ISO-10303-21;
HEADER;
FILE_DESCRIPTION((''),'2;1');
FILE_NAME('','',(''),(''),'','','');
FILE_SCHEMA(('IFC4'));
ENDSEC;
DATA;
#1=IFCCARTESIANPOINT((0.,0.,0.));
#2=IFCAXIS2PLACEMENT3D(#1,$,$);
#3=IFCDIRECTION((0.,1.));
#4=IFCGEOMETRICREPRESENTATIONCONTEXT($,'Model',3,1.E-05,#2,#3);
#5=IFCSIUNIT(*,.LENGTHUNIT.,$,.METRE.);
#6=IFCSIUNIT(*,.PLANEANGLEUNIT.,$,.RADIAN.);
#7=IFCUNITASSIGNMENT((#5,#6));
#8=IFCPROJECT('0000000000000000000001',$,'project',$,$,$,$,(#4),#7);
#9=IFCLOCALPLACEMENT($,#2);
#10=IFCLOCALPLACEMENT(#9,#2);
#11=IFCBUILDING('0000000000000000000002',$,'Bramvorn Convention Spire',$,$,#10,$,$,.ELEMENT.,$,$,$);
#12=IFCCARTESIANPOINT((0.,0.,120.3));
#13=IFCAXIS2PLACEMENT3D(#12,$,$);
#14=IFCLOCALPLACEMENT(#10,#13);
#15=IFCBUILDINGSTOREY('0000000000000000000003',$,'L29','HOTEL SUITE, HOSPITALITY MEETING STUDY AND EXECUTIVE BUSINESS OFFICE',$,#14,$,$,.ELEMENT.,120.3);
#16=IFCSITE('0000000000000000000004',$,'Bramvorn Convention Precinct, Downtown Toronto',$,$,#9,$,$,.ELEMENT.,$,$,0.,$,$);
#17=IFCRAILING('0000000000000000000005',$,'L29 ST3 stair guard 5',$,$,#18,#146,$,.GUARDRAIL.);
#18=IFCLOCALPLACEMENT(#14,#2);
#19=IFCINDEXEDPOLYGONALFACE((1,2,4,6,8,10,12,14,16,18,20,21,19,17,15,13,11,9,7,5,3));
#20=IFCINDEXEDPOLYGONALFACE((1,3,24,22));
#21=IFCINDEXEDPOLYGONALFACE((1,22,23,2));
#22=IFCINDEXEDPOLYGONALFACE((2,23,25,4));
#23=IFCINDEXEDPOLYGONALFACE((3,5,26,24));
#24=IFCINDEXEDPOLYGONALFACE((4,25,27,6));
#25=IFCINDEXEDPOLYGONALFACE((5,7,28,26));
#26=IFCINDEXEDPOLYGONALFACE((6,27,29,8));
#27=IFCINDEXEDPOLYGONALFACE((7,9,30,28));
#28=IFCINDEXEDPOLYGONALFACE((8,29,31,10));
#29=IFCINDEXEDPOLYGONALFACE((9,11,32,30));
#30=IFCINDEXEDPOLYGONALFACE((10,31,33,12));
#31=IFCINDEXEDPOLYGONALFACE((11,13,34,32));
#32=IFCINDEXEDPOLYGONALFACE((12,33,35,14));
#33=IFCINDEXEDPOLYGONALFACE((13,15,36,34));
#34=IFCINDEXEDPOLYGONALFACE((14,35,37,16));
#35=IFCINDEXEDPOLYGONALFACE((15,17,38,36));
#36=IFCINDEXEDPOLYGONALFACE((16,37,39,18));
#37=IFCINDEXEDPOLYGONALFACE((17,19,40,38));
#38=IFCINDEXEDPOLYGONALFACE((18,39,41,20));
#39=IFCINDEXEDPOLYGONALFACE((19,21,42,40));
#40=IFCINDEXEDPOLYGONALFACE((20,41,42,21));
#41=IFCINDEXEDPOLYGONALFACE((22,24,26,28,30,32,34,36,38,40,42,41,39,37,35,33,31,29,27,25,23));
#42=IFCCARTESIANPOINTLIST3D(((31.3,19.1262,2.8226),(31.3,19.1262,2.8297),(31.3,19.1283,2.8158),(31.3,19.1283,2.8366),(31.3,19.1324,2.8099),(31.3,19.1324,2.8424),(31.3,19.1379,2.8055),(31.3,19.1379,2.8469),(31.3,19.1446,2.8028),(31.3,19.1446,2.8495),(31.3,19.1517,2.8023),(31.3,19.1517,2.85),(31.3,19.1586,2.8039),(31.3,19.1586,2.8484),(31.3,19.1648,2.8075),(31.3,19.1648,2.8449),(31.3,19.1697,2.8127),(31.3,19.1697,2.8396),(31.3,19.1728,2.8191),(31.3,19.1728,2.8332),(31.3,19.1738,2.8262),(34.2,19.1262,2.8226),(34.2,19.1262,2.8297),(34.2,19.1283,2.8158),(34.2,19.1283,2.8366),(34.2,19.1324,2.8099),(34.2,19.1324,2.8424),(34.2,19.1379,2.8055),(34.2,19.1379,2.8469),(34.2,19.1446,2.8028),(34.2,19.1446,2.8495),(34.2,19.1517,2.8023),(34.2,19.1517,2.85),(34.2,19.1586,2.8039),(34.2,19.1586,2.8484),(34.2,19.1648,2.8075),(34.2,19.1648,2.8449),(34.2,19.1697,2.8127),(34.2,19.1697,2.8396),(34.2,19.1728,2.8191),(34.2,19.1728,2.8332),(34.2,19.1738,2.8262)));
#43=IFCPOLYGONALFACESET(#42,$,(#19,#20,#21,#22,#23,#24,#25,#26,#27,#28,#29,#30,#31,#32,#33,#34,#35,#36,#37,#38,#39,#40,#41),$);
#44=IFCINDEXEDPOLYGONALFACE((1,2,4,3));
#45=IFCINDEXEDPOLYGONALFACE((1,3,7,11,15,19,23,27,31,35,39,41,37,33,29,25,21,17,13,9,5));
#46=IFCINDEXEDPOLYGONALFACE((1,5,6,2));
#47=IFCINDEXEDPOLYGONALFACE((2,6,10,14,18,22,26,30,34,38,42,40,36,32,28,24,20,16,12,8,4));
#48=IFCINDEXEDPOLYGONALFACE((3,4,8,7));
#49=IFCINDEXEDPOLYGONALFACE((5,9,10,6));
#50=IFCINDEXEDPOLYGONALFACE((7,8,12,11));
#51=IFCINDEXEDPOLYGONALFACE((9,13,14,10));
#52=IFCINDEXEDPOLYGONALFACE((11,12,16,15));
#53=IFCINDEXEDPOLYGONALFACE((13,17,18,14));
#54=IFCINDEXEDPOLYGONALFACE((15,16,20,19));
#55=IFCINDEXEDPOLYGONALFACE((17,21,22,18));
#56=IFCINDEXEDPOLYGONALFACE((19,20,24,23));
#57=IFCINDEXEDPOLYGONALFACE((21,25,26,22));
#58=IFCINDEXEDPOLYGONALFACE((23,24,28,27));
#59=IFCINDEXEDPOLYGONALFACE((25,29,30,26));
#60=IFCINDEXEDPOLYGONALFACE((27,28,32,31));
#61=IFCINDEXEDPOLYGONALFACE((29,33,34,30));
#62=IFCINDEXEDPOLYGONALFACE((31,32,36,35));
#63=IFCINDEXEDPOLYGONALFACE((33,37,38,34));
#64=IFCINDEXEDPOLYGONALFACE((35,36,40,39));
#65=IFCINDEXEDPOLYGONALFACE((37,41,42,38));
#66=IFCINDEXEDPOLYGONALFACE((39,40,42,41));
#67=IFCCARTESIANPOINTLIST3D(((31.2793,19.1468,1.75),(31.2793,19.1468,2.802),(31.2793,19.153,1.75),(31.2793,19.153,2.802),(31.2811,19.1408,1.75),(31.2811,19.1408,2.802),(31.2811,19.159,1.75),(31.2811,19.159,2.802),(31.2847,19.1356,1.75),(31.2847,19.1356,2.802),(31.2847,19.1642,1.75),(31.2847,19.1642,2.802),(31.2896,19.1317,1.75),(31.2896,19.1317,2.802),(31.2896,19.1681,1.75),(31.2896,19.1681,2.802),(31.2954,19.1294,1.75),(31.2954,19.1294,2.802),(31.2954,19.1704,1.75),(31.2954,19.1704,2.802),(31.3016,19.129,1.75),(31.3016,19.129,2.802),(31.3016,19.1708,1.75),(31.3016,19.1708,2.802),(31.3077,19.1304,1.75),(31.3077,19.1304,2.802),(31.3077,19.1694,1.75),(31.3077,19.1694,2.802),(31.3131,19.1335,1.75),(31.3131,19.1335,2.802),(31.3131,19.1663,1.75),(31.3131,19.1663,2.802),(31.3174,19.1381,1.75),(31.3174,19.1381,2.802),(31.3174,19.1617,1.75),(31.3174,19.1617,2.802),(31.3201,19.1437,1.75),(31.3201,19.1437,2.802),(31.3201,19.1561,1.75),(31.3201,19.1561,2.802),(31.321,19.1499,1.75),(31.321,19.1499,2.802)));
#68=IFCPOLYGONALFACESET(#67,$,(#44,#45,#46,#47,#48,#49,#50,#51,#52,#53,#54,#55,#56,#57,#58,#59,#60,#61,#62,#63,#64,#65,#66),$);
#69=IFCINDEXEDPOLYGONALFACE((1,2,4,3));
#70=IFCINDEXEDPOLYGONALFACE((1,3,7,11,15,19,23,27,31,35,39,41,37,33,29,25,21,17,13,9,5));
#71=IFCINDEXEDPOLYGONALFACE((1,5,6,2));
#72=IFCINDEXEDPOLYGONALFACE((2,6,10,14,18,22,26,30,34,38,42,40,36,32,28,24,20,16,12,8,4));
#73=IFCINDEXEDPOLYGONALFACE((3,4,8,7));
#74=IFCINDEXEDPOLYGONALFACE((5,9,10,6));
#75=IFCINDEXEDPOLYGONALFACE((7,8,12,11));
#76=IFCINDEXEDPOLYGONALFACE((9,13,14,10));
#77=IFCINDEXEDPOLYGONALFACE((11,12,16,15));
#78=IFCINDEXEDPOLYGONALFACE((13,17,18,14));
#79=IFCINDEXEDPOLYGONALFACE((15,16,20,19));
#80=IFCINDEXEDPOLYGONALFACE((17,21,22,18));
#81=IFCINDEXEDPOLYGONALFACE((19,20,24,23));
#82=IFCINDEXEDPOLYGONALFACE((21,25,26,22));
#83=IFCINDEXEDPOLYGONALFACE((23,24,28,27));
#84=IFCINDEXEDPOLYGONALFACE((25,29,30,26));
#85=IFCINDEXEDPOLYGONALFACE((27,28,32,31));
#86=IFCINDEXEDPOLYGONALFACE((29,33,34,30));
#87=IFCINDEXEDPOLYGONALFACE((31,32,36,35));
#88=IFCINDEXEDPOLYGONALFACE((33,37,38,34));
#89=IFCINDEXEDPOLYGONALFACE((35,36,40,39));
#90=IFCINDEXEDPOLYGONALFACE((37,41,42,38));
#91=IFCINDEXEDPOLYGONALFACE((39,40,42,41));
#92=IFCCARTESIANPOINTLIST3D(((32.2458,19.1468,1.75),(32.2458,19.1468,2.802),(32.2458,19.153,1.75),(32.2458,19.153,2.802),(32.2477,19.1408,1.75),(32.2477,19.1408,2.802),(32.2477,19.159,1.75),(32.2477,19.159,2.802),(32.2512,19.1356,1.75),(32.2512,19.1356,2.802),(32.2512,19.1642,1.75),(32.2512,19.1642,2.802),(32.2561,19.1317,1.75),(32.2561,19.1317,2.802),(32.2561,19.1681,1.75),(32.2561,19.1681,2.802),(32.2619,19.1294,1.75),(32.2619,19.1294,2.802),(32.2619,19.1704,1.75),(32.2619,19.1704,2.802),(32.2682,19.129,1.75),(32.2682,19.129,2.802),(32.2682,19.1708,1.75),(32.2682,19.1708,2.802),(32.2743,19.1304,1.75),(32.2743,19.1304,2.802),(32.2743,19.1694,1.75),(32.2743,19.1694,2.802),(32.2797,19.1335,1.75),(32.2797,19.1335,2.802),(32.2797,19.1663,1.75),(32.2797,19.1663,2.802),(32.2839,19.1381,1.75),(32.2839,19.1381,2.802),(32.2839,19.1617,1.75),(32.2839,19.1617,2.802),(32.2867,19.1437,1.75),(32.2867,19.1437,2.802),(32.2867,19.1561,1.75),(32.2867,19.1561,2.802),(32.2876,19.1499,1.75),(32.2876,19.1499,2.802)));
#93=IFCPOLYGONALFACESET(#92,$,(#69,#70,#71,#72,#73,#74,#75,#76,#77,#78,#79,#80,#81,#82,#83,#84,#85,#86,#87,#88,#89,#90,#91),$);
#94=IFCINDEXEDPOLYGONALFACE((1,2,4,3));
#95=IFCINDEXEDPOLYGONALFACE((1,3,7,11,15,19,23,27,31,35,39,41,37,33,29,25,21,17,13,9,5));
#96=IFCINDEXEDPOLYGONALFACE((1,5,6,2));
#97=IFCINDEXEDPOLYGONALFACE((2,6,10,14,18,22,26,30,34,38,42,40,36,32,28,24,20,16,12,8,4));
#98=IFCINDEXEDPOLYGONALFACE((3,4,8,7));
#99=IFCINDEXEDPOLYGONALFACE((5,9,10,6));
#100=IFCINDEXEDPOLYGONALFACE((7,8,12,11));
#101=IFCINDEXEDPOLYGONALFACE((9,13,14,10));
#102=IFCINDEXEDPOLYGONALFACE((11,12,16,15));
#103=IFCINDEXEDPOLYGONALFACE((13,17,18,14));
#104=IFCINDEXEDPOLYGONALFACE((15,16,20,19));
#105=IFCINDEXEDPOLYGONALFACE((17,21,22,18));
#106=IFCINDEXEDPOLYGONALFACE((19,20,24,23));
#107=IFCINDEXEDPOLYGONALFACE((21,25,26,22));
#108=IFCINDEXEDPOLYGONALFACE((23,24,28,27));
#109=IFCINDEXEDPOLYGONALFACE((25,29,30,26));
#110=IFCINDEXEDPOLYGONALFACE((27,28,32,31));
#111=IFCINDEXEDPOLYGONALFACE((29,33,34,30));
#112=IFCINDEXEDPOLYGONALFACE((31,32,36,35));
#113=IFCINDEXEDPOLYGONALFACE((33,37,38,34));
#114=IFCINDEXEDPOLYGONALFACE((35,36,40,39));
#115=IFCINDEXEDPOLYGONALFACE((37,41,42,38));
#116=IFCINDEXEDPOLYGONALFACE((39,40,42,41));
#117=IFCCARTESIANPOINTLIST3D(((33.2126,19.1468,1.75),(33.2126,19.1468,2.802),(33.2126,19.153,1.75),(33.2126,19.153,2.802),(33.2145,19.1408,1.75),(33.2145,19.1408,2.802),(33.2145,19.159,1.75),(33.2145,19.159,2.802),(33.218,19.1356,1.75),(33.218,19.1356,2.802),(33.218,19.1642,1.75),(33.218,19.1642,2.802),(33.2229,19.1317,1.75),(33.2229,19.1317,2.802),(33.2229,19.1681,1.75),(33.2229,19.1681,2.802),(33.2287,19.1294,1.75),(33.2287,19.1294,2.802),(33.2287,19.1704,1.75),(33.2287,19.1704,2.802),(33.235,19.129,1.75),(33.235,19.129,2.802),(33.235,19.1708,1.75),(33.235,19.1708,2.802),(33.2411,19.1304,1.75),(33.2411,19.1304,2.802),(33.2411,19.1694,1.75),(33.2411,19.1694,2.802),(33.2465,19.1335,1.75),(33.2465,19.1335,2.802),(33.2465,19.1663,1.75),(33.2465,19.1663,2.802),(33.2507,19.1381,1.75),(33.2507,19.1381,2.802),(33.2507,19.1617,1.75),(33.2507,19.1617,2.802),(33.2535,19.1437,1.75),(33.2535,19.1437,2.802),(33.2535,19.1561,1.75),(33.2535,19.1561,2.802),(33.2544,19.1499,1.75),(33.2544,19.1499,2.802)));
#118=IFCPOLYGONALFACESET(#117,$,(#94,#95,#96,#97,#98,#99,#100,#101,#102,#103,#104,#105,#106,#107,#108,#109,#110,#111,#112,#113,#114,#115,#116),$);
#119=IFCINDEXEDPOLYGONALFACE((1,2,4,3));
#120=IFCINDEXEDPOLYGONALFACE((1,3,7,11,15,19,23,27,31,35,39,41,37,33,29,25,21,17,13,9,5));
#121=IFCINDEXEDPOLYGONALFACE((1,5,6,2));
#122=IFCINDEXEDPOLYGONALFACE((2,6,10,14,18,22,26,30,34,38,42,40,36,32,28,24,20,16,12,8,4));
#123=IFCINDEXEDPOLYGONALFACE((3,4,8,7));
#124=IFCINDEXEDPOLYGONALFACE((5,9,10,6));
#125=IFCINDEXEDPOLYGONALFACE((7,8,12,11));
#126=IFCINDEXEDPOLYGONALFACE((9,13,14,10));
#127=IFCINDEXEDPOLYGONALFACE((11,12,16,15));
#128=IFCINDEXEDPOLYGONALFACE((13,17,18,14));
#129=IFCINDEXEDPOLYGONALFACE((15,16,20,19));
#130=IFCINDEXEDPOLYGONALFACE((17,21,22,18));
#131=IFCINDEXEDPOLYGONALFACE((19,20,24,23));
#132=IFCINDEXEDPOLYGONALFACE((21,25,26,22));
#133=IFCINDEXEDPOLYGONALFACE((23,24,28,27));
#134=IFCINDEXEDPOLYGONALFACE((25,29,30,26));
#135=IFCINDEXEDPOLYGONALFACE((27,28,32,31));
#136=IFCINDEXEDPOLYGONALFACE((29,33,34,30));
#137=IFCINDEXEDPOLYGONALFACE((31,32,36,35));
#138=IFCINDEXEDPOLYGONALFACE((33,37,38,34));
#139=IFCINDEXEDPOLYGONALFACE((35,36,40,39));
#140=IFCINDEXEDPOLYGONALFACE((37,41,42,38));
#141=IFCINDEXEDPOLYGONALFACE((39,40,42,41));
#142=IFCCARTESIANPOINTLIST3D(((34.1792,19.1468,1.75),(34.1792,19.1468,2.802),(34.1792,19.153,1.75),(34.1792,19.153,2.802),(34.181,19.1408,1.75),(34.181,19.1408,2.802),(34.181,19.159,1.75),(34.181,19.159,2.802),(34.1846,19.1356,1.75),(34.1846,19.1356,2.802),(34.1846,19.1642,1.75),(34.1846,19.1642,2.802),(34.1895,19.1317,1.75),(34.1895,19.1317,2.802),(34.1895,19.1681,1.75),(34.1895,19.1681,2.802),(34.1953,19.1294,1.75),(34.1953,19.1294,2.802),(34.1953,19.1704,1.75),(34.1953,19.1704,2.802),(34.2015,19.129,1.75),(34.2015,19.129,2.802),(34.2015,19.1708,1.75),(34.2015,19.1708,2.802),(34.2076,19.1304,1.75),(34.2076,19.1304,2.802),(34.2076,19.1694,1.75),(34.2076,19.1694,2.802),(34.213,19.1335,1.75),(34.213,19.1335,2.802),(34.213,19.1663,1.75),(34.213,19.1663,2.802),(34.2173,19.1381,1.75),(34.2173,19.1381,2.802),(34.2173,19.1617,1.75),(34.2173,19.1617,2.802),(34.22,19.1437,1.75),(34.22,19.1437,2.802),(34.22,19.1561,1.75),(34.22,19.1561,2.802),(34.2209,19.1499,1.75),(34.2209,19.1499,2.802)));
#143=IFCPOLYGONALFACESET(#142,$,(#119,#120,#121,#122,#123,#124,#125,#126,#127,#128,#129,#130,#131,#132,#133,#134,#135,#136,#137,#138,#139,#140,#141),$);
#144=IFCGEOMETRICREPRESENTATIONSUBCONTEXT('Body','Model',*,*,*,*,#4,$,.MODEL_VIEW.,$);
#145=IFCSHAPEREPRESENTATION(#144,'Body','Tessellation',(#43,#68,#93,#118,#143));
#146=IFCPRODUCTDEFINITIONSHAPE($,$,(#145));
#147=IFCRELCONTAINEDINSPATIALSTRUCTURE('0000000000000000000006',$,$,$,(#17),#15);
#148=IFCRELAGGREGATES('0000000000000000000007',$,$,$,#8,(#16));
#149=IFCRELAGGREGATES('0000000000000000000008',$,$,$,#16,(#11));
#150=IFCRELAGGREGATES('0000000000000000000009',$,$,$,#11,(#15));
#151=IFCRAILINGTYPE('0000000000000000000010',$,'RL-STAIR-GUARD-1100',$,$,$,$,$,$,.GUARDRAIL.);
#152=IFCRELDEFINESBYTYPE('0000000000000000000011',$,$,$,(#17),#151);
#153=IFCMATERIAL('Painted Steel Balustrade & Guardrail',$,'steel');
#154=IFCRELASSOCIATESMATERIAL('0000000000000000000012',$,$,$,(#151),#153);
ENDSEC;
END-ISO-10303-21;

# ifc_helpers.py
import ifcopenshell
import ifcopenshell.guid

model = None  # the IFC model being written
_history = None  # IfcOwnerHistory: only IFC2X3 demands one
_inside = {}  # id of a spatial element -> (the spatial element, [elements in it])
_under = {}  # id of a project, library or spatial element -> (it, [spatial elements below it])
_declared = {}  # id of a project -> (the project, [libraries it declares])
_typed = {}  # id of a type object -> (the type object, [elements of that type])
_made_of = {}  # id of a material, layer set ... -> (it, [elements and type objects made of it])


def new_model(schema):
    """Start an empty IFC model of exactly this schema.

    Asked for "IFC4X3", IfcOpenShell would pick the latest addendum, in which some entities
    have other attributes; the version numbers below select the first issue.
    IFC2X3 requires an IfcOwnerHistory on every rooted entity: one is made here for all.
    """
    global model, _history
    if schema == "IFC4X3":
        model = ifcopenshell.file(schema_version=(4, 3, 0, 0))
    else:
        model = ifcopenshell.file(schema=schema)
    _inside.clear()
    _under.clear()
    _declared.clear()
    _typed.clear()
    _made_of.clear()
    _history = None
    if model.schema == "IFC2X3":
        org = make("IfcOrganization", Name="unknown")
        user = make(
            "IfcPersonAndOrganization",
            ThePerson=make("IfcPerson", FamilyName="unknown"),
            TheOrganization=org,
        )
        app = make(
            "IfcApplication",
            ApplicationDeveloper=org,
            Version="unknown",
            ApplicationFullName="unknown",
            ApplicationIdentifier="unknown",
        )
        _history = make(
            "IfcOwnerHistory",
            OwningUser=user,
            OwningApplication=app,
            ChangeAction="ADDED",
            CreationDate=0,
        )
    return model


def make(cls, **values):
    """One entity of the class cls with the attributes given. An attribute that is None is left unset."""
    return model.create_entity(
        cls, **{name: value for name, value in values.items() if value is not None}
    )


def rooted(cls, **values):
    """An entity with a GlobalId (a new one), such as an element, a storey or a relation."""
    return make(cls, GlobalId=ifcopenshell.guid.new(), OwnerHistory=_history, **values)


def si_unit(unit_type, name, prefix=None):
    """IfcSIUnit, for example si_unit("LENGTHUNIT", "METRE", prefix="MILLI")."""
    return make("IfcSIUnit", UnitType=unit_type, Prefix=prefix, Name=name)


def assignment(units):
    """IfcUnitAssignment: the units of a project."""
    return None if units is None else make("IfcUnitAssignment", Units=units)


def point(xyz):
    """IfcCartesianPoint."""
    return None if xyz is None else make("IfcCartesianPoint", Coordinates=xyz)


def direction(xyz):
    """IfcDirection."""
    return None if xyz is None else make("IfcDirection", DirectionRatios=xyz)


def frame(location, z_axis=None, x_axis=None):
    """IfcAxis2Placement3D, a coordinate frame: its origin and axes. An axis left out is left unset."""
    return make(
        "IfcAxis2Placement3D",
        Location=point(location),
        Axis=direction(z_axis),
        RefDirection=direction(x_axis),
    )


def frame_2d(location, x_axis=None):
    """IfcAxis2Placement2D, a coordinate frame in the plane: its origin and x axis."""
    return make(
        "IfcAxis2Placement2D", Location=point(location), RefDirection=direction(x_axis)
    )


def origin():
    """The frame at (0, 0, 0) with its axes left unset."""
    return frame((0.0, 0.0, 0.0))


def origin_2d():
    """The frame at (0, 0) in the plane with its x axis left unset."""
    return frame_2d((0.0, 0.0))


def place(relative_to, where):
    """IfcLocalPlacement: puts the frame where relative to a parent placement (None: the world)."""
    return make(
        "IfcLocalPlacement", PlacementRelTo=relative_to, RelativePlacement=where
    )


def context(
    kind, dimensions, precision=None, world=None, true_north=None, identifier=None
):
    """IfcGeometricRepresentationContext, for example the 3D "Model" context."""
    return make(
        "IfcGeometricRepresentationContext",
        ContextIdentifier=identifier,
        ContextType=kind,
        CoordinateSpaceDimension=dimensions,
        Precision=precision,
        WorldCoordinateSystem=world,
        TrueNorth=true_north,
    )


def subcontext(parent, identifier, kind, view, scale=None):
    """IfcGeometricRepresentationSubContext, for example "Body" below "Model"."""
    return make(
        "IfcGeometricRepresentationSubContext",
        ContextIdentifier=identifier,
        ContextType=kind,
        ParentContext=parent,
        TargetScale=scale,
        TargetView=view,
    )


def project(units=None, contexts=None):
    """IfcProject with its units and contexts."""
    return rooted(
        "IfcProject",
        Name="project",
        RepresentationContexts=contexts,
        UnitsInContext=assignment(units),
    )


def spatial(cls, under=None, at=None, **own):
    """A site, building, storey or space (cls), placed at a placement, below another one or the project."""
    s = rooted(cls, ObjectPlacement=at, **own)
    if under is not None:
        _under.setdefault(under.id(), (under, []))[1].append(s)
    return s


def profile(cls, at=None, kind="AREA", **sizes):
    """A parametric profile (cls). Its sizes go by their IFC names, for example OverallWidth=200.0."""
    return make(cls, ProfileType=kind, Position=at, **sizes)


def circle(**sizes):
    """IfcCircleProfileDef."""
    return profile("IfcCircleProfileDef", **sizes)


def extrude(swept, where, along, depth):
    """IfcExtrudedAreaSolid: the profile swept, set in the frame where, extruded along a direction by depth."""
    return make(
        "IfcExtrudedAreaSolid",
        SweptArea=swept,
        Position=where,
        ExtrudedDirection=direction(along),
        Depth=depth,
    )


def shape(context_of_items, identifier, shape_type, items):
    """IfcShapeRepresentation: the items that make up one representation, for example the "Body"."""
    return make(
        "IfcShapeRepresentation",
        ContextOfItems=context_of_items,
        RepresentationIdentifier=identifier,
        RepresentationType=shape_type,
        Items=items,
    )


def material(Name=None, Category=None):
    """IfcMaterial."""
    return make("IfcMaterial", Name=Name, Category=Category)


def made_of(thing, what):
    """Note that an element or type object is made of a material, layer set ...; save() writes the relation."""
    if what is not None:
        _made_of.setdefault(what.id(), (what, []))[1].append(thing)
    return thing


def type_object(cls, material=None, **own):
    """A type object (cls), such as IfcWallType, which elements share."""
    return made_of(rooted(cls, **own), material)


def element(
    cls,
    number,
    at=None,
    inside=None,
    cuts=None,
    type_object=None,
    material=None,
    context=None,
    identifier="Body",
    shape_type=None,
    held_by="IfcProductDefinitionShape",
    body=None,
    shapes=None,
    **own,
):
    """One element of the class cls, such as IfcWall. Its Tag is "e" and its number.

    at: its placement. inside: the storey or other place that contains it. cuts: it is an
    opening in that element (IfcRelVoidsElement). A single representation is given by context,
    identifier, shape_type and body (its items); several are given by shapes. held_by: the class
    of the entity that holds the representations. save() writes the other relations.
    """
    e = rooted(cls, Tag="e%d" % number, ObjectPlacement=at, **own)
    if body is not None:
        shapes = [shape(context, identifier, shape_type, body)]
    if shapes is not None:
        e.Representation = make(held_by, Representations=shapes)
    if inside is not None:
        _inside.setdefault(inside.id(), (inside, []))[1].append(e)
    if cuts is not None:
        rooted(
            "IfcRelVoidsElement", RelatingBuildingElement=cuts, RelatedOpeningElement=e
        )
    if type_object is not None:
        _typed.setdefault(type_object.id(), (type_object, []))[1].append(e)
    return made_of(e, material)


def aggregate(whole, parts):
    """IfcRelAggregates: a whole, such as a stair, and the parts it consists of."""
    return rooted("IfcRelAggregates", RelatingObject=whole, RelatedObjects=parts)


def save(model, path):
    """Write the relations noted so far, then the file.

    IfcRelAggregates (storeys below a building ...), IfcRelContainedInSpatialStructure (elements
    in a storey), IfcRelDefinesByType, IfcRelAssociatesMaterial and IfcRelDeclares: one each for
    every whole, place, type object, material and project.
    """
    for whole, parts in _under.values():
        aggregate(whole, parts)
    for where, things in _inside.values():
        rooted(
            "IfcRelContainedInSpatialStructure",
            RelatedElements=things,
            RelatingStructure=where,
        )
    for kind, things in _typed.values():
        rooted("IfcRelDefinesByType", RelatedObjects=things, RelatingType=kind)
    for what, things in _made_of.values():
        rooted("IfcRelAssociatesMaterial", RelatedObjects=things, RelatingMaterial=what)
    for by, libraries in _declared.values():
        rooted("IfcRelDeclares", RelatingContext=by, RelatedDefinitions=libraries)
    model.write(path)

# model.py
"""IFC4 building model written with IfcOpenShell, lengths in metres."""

from ifc_helpers import new_model, si_unit, direction, frame, origin, origin_2d, place, context, subcontext, project, spatial, circle, extrude, material, type_object, element, save


model = new_model("IFC4")

# Units and contexts
model_context = context("Model", 3, precision=1e-05, world=origin(), true_north=direction((0.0, 1.0)))
body_context = subcontext(model_context, "Body", "Model", "MODEL_VIEW")
ifc_project = project(units=[si_unit("LENGTHUNIT", "METRE"), si_unit("PLANEANGLEUNIT", "RADIAN")], contexts=[model_context])

# Site, building, storey
site_placement = place(None, origin())
site = spatial("IfcSite", under=ifc_project, at=site_placement, Name="Bramvorn Convention Precinct, Downtown Toronto", CompositionType="ELEMENT", RefElevation=0.0)
building_placement = place(site_placement, origin())
building = spatial("IfcBuilding", under=site, at=building_placement, Name="Bramvorn Convention Spire", CompositionType="ELEMENT")
storey_placement = place(building_placement, frame((0.0, 0.0, 120.3)))
storey = spatial("IfcBuildingStorey", under=building, at=storey_placement, Name="L29", Description="HOTEL SUITE, HOSPITALITY MEETING STUDY AND EXECUTIVE BUSINESS OFFICE", CompositionType="ELEMENT", Elevation=120.3)

# Railing
ifc_material_1 = material(Name="Painted Steel Balustrade & Guardrail", Category="steel")
railing_type = type_object("IfcRailingType", Name="RL-STAIR-GUARD-1100", PredefinedType="GUARDRAIL", material=ifc_material_1)
railing_1_placement = place(storey_placement, frame((31.3, 19.1499, 1.75)))
element("IfcRailing", 1, at=railing_1_placement, inside=storey, type_object=railing_type, Name="L29 ST3 stair guard 5", PredefinedType="GUARDRAIL", context=body_context, shape_type="SweptSolid", body=[
    extrude(circle(Radius=0.0239, at=origin_2d()), frame((0.0, 0.0, 1.0762), z_axis=(1.0, 0.0, 0.0), x_axis=(0.0, 1.0, 0.0)), (0.0, 0.0, 1.0), 2.8999),
    extrude(circle(Radius=0.021, at=origin_2d()), origin(), (0.0, 0.0, 1.0), 1.052),
    extrude(circle(Radius=0.021, at=origin_2d()), frame((0.9666, 0.0, 0.0)), (0.0, 0.0, 1.0), 1.052),
    extrude(circle(Radius=0.021, at=origin_2d()), frame((1.9333, 0.0, 0.0)), (0.0, 0.0, 1.0), 1.052),
    extrude(circle(Radius=0.021, at=origin_2d()), frame((2.8999, 0.0, 0.0)), (0.0, 0.0, 1.0), 1.052),
])

save(model, "model.ifc")
